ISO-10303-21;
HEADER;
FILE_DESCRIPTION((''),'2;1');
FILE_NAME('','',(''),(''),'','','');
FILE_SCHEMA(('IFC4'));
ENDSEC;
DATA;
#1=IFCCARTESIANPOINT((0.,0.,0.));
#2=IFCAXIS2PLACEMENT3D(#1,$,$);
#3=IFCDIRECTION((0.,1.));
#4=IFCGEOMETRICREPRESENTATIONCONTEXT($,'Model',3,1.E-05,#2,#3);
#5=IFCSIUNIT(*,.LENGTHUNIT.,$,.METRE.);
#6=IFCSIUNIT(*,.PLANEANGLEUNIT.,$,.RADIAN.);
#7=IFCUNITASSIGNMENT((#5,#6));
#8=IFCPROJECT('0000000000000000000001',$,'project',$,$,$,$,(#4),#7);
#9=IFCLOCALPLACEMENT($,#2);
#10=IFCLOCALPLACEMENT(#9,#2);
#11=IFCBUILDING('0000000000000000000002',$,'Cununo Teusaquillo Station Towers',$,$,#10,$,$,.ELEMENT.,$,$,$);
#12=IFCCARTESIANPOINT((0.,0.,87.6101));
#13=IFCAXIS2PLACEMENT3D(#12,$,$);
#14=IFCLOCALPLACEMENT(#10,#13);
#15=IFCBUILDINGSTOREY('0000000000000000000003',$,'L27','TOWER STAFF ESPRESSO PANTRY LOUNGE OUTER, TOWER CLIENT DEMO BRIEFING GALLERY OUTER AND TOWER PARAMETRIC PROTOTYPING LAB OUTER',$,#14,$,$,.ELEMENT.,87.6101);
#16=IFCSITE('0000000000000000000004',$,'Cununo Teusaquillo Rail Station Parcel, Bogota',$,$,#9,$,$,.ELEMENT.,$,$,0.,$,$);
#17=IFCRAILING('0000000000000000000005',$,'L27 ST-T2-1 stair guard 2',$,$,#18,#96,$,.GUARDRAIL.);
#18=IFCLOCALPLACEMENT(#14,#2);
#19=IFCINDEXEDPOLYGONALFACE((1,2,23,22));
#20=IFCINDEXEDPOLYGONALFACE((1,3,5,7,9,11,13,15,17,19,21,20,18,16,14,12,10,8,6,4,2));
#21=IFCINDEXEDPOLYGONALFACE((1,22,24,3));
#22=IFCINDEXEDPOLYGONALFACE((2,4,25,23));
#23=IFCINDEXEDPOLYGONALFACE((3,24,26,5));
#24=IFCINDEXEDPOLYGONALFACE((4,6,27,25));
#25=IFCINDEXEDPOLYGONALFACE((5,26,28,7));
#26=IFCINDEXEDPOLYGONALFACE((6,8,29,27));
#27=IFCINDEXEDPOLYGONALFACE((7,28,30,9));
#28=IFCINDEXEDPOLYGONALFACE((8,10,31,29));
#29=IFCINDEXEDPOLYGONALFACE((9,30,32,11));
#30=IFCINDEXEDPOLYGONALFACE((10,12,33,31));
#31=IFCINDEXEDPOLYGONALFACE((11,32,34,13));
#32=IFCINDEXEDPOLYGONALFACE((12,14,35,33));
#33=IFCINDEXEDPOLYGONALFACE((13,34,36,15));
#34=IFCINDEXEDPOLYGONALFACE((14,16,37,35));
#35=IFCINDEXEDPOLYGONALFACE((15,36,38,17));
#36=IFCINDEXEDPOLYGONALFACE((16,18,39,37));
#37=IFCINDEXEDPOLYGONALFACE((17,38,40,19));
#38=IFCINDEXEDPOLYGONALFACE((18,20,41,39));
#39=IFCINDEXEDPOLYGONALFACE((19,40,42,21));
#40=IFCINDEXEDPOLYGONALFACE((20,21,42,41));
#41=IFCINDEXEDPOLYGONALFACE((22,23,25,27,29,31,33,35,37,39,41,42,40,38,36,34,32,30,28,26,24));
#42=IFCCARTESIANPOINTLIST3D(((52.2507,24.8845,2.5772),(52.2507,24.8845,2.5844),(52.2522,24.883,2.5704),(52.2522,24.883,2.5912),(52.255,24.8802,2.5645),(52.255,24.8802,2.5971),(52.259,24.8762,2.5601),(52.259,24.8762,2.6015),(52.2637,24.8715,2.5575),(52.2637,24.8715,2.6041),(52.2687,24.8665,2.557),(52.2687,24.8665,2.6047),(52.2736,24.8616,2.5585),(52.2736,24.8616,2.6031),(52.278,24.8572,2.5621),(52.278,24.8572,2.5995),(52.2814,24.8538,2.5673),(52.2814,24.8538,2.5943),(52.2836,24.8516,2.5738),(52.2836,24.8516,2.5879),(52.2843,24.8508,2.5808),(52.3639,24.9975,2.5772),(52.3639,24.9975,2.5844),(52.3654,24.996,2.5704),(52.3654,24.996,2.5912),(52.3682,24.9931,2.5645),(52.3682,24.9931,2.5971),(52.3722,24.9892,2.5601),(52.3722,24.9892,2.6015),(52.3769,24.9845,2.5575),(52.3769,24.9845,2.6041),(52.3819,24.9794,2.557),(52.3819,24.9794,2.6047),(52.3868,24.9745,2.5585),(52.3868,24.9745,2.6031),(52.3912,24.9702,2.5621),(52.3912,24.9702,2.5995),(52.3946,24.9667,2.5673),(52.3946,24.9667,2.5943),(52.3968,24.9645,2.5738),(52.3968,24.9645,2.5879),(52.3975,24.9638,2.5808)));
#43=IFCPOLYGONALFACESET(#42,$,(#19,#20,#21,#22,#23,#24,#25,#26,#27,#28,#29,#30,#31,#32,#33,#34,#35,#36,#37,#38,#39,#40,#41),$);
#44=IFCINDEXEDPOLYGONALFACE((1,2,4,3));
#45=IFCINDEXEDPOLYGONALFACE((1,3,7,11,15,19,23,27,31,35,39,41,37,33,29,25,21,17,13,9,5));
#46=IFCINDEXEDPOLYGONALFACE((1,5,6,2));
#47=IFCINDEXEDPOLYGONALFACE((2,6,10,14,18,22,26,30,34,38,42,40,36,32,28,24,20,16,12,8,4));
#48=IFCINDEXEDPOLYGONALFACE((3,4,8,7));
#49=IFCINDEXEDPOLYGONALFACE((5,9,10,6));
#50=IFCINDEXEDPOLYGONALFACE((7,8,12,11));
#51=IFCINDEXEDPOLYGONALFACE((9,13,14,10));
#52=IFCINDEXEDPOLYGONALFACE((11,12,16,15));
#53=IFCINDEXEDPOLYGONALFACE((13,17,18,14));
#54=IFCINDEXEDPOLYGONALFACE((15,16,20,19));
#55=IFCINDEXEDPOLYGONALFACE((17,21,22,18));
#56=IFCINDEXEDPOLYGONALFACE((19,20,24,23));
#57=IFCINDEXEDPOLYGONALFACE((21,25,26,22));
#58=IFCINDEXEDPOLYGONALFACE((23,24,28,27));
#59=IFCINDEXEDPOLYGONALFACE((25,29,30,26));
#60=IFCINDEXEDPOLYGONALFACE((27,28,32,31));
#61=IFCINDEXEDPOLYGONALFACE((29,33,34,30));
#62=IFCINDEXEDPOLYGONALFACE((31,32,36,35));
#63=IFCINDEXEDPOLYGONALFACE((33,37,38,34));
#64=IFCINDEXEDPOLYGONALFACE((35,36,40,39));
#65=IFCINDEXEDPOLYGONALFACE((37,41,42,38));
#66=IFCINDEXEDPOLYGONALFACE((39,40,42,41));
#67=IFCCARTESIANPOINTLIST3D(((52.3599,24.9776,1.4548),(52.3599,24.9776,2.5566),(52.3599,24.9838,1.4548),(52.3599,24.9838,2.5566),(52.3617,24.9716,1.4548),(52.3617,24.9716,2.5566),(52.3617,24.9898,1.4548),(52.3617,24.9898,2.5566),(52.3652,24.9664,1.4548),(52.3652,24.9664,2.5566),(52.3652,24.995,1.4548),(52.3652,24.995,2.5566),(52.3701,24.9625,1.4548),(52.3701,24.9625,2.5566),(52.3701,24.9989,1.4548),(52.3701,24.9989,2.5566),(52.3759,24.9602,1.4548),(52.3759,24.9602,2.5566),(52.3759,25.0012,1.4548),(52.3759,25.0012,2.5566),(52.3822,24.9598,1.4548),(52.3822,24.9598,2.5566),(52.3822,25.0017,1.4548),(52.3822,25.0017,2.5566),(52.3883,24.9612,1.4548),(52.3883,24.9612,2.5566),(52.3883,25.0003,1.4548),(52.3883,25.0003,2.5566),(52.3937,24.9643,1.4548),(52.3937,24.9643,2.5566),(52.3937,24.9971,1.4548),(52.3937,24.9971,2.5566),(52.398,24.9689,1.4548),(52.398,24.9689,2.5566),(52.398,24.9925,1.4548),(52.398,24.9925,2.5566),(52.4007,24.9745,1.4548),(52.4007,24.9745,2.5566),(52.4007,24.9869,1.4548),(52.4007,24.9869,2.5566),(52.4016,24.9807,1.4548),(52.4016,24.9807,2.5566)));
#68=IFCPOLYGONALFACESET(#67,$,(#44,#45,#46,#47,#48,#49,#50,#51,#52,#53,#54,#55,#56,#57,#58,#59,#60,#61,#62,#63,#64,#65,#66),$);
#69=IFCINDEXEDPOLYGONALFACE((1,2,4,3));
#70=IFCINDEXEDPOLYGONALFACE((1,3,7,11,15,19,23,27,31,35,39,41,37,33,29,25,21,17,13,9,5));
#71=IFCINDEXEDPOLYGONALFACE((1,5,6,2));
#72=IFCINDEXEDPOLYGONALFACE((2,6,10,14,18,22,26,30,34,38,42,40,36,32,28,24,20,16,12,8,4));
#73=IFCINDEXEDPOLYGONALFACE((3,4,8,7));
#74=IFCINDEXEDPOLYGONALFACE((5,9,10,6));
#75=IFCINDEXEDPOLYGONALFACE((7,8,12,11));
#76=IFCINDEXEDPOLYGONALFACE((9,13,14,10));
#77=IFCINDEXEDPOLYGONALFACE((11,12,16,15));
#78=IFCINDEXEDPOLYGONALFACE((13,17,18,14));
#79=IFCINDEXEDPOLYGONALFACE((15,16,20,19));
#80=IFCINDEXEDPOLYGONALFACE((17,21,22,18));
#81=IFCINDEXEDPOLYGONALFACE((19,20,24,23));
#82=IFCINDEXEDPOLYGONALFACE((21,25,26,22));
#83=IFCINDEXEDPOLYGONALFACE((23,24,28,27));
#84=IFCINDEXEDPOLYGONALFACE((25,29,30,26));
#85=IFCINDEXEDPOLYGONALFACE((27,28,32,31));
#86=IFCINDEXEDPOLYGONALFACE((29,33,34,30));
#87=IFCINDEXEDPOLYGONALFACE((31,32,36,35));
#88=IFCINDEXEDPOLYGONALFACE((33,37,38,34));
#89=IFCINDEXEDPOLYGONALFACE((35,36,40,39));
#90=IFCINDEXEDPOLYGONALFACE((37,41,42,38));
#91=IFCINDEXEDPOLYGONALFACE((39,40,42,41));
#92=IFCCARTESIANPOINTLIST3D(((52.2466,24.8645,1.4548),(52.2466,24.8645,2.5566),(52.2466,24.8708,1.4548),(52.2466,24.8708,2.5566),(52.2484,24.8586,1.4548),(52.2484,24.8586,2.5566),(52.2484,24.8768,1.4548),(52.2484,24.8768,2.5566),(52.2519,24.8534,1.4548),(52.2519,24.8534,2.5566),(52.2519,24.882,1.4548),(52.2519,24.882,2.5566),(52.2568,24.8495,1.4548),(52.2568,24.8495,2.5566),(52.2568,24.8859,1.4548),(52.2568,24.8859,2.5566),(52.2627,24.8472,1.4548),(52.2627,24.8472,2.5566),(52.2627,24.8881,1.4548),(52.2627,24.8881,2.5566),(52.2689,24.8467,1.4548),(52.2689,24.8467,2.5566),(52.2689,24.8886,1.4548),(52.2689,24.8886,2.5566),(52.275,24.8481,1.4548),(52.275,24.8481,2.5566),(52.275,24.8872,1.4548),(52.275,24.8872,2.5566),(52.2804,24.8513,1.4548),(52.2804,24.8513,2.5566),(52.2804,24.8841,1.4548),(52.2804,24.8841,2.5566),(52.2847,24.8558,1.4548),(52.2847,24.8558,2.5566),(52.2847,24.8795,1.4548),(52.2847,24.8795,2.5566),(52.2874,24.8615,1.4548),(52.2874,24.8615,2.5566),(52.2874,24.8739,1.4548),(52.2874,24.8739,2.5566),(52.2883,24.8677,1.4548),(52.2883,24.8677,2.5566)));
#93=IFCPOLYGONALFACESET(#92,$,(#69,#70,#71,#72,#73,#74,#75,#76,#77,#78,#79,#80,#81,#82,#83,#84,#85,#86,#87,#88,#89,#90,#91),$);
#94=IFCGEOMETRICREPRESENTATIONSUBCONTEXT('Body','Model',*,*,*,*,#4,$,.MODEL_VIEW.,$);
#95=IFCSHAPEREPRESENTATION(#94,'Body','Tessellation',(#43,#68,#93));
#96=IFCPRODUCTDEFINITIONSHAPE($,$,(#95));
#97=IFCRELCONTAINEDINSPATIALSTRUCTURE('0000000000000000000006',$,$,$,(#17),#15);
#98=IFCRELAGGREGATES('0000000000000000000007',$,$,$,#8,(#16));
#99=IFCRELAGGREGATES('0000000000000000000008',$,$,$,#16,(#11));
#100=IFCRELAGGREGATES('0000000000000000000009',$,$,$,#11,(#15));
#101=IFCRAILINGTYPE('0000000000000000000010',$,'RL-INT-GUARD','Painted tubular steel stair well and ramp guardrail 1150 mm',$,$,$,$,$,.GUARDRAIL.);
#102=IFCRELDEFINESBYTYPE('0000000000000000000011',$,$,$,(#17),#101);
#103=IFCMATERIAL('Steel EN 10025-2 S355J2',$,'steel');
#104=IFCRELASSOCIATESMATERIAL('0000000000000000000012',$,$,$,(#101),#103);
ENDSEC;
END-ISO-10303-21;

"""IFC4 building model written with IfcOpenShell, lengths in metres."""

from ifc_helpers import new_model, si_unit, direction, frame, origin, origin_2d, place, context, subcontext, project, spatial, circle, extrude, material, type_object, element, save


model = new_model("IFC4")

# Units and contexts
model_context = context("Model", 3, precision=1e-05, world=origin(), true_north=direction((0.0, 1.0)))
body_context = subcontext(model_context, "Body", "Model", "MODEL_VIEW")
ifc_project = project(units=[si_unit("LENGTHUNIT", "METRE"), si_unit("PLANEANGLEUNIT", "RADIAN")], contexts=[model_context])

# Site, building, storey
site_placement = place(None, origin())
site = spatial("IfcSite", under=ifc_project, at=site_placement, Name="Cununo Teusaquillo Rail Station Parcel, Bogota", CompositionType="ELEMENT", RefElevation=0.0)
building_placement = place(site_placement, origin())
building = spatial("IfcBuilding", under=site, at=building_placement, Name="Cununo Teusaquillo Station Towers", CompositionType="ELEMENT")
storey_placement = place(building_placement, frame((0.0, 0.0, 87.6101)))
storey = spatial("IfcBuildingStorey", under=building, at=storey_placement, Name="L27", Description="TOWER STAFF ESPRESSO PANTRY LOUNGE OUTER, TOWER CLIENT DEMO BRIEFING GALLERY OUTER AND TOWER PARAMETRIC PROTOTYPING LAB OUTER", CompositionType="ELEMENT", Elevation=87.6101)

# Railing
ifc_material_1 = material(Name="Steel EN 10025-2 S355J2", Category="steel")
railing_type_1 = type_object("IfcRailingType", Name="RL-INT-GUARD", Description="Painted tubular steel stair well and ramp guardrail 1150 mm", PredefinedType="GUARDRAIL", material=ifc_material_1)
railing_1_placement = place(storey_placement, frame((52.3806, 24.9807, 1.4548)))
element("IfcRailing", 1, at=railing_1_placement, inside=storey, type_object=railing_type_1, Name="L27 ST-T2-1 stair guard 2", PredefinedType="GUARDRAIL", context=body_context, shape_type="SweptSolid", body=[
    extrude(circle(Radius=0.0239, at=origin_2d()), frame((0.0, 0.0, 1.126), z_axis=(-0.707869, -0.706344, 0.0), x_axis=(0.706344, -0.707869, 0.0)), (0.0, 0.0, 1.0), 0.1599),
    extrude(circle(Radius=0.021, at=origin_2d()), origin(), (0.0, 0.0, 1.0), 1.1018),
    extrude(circle(Radius=0.021, at=origin_2d()), frame((-0.1133, -0.113, 0.0)), (0.0, 0.0, 1.0), 1.1018),
])

save(model, "model.ifc")
